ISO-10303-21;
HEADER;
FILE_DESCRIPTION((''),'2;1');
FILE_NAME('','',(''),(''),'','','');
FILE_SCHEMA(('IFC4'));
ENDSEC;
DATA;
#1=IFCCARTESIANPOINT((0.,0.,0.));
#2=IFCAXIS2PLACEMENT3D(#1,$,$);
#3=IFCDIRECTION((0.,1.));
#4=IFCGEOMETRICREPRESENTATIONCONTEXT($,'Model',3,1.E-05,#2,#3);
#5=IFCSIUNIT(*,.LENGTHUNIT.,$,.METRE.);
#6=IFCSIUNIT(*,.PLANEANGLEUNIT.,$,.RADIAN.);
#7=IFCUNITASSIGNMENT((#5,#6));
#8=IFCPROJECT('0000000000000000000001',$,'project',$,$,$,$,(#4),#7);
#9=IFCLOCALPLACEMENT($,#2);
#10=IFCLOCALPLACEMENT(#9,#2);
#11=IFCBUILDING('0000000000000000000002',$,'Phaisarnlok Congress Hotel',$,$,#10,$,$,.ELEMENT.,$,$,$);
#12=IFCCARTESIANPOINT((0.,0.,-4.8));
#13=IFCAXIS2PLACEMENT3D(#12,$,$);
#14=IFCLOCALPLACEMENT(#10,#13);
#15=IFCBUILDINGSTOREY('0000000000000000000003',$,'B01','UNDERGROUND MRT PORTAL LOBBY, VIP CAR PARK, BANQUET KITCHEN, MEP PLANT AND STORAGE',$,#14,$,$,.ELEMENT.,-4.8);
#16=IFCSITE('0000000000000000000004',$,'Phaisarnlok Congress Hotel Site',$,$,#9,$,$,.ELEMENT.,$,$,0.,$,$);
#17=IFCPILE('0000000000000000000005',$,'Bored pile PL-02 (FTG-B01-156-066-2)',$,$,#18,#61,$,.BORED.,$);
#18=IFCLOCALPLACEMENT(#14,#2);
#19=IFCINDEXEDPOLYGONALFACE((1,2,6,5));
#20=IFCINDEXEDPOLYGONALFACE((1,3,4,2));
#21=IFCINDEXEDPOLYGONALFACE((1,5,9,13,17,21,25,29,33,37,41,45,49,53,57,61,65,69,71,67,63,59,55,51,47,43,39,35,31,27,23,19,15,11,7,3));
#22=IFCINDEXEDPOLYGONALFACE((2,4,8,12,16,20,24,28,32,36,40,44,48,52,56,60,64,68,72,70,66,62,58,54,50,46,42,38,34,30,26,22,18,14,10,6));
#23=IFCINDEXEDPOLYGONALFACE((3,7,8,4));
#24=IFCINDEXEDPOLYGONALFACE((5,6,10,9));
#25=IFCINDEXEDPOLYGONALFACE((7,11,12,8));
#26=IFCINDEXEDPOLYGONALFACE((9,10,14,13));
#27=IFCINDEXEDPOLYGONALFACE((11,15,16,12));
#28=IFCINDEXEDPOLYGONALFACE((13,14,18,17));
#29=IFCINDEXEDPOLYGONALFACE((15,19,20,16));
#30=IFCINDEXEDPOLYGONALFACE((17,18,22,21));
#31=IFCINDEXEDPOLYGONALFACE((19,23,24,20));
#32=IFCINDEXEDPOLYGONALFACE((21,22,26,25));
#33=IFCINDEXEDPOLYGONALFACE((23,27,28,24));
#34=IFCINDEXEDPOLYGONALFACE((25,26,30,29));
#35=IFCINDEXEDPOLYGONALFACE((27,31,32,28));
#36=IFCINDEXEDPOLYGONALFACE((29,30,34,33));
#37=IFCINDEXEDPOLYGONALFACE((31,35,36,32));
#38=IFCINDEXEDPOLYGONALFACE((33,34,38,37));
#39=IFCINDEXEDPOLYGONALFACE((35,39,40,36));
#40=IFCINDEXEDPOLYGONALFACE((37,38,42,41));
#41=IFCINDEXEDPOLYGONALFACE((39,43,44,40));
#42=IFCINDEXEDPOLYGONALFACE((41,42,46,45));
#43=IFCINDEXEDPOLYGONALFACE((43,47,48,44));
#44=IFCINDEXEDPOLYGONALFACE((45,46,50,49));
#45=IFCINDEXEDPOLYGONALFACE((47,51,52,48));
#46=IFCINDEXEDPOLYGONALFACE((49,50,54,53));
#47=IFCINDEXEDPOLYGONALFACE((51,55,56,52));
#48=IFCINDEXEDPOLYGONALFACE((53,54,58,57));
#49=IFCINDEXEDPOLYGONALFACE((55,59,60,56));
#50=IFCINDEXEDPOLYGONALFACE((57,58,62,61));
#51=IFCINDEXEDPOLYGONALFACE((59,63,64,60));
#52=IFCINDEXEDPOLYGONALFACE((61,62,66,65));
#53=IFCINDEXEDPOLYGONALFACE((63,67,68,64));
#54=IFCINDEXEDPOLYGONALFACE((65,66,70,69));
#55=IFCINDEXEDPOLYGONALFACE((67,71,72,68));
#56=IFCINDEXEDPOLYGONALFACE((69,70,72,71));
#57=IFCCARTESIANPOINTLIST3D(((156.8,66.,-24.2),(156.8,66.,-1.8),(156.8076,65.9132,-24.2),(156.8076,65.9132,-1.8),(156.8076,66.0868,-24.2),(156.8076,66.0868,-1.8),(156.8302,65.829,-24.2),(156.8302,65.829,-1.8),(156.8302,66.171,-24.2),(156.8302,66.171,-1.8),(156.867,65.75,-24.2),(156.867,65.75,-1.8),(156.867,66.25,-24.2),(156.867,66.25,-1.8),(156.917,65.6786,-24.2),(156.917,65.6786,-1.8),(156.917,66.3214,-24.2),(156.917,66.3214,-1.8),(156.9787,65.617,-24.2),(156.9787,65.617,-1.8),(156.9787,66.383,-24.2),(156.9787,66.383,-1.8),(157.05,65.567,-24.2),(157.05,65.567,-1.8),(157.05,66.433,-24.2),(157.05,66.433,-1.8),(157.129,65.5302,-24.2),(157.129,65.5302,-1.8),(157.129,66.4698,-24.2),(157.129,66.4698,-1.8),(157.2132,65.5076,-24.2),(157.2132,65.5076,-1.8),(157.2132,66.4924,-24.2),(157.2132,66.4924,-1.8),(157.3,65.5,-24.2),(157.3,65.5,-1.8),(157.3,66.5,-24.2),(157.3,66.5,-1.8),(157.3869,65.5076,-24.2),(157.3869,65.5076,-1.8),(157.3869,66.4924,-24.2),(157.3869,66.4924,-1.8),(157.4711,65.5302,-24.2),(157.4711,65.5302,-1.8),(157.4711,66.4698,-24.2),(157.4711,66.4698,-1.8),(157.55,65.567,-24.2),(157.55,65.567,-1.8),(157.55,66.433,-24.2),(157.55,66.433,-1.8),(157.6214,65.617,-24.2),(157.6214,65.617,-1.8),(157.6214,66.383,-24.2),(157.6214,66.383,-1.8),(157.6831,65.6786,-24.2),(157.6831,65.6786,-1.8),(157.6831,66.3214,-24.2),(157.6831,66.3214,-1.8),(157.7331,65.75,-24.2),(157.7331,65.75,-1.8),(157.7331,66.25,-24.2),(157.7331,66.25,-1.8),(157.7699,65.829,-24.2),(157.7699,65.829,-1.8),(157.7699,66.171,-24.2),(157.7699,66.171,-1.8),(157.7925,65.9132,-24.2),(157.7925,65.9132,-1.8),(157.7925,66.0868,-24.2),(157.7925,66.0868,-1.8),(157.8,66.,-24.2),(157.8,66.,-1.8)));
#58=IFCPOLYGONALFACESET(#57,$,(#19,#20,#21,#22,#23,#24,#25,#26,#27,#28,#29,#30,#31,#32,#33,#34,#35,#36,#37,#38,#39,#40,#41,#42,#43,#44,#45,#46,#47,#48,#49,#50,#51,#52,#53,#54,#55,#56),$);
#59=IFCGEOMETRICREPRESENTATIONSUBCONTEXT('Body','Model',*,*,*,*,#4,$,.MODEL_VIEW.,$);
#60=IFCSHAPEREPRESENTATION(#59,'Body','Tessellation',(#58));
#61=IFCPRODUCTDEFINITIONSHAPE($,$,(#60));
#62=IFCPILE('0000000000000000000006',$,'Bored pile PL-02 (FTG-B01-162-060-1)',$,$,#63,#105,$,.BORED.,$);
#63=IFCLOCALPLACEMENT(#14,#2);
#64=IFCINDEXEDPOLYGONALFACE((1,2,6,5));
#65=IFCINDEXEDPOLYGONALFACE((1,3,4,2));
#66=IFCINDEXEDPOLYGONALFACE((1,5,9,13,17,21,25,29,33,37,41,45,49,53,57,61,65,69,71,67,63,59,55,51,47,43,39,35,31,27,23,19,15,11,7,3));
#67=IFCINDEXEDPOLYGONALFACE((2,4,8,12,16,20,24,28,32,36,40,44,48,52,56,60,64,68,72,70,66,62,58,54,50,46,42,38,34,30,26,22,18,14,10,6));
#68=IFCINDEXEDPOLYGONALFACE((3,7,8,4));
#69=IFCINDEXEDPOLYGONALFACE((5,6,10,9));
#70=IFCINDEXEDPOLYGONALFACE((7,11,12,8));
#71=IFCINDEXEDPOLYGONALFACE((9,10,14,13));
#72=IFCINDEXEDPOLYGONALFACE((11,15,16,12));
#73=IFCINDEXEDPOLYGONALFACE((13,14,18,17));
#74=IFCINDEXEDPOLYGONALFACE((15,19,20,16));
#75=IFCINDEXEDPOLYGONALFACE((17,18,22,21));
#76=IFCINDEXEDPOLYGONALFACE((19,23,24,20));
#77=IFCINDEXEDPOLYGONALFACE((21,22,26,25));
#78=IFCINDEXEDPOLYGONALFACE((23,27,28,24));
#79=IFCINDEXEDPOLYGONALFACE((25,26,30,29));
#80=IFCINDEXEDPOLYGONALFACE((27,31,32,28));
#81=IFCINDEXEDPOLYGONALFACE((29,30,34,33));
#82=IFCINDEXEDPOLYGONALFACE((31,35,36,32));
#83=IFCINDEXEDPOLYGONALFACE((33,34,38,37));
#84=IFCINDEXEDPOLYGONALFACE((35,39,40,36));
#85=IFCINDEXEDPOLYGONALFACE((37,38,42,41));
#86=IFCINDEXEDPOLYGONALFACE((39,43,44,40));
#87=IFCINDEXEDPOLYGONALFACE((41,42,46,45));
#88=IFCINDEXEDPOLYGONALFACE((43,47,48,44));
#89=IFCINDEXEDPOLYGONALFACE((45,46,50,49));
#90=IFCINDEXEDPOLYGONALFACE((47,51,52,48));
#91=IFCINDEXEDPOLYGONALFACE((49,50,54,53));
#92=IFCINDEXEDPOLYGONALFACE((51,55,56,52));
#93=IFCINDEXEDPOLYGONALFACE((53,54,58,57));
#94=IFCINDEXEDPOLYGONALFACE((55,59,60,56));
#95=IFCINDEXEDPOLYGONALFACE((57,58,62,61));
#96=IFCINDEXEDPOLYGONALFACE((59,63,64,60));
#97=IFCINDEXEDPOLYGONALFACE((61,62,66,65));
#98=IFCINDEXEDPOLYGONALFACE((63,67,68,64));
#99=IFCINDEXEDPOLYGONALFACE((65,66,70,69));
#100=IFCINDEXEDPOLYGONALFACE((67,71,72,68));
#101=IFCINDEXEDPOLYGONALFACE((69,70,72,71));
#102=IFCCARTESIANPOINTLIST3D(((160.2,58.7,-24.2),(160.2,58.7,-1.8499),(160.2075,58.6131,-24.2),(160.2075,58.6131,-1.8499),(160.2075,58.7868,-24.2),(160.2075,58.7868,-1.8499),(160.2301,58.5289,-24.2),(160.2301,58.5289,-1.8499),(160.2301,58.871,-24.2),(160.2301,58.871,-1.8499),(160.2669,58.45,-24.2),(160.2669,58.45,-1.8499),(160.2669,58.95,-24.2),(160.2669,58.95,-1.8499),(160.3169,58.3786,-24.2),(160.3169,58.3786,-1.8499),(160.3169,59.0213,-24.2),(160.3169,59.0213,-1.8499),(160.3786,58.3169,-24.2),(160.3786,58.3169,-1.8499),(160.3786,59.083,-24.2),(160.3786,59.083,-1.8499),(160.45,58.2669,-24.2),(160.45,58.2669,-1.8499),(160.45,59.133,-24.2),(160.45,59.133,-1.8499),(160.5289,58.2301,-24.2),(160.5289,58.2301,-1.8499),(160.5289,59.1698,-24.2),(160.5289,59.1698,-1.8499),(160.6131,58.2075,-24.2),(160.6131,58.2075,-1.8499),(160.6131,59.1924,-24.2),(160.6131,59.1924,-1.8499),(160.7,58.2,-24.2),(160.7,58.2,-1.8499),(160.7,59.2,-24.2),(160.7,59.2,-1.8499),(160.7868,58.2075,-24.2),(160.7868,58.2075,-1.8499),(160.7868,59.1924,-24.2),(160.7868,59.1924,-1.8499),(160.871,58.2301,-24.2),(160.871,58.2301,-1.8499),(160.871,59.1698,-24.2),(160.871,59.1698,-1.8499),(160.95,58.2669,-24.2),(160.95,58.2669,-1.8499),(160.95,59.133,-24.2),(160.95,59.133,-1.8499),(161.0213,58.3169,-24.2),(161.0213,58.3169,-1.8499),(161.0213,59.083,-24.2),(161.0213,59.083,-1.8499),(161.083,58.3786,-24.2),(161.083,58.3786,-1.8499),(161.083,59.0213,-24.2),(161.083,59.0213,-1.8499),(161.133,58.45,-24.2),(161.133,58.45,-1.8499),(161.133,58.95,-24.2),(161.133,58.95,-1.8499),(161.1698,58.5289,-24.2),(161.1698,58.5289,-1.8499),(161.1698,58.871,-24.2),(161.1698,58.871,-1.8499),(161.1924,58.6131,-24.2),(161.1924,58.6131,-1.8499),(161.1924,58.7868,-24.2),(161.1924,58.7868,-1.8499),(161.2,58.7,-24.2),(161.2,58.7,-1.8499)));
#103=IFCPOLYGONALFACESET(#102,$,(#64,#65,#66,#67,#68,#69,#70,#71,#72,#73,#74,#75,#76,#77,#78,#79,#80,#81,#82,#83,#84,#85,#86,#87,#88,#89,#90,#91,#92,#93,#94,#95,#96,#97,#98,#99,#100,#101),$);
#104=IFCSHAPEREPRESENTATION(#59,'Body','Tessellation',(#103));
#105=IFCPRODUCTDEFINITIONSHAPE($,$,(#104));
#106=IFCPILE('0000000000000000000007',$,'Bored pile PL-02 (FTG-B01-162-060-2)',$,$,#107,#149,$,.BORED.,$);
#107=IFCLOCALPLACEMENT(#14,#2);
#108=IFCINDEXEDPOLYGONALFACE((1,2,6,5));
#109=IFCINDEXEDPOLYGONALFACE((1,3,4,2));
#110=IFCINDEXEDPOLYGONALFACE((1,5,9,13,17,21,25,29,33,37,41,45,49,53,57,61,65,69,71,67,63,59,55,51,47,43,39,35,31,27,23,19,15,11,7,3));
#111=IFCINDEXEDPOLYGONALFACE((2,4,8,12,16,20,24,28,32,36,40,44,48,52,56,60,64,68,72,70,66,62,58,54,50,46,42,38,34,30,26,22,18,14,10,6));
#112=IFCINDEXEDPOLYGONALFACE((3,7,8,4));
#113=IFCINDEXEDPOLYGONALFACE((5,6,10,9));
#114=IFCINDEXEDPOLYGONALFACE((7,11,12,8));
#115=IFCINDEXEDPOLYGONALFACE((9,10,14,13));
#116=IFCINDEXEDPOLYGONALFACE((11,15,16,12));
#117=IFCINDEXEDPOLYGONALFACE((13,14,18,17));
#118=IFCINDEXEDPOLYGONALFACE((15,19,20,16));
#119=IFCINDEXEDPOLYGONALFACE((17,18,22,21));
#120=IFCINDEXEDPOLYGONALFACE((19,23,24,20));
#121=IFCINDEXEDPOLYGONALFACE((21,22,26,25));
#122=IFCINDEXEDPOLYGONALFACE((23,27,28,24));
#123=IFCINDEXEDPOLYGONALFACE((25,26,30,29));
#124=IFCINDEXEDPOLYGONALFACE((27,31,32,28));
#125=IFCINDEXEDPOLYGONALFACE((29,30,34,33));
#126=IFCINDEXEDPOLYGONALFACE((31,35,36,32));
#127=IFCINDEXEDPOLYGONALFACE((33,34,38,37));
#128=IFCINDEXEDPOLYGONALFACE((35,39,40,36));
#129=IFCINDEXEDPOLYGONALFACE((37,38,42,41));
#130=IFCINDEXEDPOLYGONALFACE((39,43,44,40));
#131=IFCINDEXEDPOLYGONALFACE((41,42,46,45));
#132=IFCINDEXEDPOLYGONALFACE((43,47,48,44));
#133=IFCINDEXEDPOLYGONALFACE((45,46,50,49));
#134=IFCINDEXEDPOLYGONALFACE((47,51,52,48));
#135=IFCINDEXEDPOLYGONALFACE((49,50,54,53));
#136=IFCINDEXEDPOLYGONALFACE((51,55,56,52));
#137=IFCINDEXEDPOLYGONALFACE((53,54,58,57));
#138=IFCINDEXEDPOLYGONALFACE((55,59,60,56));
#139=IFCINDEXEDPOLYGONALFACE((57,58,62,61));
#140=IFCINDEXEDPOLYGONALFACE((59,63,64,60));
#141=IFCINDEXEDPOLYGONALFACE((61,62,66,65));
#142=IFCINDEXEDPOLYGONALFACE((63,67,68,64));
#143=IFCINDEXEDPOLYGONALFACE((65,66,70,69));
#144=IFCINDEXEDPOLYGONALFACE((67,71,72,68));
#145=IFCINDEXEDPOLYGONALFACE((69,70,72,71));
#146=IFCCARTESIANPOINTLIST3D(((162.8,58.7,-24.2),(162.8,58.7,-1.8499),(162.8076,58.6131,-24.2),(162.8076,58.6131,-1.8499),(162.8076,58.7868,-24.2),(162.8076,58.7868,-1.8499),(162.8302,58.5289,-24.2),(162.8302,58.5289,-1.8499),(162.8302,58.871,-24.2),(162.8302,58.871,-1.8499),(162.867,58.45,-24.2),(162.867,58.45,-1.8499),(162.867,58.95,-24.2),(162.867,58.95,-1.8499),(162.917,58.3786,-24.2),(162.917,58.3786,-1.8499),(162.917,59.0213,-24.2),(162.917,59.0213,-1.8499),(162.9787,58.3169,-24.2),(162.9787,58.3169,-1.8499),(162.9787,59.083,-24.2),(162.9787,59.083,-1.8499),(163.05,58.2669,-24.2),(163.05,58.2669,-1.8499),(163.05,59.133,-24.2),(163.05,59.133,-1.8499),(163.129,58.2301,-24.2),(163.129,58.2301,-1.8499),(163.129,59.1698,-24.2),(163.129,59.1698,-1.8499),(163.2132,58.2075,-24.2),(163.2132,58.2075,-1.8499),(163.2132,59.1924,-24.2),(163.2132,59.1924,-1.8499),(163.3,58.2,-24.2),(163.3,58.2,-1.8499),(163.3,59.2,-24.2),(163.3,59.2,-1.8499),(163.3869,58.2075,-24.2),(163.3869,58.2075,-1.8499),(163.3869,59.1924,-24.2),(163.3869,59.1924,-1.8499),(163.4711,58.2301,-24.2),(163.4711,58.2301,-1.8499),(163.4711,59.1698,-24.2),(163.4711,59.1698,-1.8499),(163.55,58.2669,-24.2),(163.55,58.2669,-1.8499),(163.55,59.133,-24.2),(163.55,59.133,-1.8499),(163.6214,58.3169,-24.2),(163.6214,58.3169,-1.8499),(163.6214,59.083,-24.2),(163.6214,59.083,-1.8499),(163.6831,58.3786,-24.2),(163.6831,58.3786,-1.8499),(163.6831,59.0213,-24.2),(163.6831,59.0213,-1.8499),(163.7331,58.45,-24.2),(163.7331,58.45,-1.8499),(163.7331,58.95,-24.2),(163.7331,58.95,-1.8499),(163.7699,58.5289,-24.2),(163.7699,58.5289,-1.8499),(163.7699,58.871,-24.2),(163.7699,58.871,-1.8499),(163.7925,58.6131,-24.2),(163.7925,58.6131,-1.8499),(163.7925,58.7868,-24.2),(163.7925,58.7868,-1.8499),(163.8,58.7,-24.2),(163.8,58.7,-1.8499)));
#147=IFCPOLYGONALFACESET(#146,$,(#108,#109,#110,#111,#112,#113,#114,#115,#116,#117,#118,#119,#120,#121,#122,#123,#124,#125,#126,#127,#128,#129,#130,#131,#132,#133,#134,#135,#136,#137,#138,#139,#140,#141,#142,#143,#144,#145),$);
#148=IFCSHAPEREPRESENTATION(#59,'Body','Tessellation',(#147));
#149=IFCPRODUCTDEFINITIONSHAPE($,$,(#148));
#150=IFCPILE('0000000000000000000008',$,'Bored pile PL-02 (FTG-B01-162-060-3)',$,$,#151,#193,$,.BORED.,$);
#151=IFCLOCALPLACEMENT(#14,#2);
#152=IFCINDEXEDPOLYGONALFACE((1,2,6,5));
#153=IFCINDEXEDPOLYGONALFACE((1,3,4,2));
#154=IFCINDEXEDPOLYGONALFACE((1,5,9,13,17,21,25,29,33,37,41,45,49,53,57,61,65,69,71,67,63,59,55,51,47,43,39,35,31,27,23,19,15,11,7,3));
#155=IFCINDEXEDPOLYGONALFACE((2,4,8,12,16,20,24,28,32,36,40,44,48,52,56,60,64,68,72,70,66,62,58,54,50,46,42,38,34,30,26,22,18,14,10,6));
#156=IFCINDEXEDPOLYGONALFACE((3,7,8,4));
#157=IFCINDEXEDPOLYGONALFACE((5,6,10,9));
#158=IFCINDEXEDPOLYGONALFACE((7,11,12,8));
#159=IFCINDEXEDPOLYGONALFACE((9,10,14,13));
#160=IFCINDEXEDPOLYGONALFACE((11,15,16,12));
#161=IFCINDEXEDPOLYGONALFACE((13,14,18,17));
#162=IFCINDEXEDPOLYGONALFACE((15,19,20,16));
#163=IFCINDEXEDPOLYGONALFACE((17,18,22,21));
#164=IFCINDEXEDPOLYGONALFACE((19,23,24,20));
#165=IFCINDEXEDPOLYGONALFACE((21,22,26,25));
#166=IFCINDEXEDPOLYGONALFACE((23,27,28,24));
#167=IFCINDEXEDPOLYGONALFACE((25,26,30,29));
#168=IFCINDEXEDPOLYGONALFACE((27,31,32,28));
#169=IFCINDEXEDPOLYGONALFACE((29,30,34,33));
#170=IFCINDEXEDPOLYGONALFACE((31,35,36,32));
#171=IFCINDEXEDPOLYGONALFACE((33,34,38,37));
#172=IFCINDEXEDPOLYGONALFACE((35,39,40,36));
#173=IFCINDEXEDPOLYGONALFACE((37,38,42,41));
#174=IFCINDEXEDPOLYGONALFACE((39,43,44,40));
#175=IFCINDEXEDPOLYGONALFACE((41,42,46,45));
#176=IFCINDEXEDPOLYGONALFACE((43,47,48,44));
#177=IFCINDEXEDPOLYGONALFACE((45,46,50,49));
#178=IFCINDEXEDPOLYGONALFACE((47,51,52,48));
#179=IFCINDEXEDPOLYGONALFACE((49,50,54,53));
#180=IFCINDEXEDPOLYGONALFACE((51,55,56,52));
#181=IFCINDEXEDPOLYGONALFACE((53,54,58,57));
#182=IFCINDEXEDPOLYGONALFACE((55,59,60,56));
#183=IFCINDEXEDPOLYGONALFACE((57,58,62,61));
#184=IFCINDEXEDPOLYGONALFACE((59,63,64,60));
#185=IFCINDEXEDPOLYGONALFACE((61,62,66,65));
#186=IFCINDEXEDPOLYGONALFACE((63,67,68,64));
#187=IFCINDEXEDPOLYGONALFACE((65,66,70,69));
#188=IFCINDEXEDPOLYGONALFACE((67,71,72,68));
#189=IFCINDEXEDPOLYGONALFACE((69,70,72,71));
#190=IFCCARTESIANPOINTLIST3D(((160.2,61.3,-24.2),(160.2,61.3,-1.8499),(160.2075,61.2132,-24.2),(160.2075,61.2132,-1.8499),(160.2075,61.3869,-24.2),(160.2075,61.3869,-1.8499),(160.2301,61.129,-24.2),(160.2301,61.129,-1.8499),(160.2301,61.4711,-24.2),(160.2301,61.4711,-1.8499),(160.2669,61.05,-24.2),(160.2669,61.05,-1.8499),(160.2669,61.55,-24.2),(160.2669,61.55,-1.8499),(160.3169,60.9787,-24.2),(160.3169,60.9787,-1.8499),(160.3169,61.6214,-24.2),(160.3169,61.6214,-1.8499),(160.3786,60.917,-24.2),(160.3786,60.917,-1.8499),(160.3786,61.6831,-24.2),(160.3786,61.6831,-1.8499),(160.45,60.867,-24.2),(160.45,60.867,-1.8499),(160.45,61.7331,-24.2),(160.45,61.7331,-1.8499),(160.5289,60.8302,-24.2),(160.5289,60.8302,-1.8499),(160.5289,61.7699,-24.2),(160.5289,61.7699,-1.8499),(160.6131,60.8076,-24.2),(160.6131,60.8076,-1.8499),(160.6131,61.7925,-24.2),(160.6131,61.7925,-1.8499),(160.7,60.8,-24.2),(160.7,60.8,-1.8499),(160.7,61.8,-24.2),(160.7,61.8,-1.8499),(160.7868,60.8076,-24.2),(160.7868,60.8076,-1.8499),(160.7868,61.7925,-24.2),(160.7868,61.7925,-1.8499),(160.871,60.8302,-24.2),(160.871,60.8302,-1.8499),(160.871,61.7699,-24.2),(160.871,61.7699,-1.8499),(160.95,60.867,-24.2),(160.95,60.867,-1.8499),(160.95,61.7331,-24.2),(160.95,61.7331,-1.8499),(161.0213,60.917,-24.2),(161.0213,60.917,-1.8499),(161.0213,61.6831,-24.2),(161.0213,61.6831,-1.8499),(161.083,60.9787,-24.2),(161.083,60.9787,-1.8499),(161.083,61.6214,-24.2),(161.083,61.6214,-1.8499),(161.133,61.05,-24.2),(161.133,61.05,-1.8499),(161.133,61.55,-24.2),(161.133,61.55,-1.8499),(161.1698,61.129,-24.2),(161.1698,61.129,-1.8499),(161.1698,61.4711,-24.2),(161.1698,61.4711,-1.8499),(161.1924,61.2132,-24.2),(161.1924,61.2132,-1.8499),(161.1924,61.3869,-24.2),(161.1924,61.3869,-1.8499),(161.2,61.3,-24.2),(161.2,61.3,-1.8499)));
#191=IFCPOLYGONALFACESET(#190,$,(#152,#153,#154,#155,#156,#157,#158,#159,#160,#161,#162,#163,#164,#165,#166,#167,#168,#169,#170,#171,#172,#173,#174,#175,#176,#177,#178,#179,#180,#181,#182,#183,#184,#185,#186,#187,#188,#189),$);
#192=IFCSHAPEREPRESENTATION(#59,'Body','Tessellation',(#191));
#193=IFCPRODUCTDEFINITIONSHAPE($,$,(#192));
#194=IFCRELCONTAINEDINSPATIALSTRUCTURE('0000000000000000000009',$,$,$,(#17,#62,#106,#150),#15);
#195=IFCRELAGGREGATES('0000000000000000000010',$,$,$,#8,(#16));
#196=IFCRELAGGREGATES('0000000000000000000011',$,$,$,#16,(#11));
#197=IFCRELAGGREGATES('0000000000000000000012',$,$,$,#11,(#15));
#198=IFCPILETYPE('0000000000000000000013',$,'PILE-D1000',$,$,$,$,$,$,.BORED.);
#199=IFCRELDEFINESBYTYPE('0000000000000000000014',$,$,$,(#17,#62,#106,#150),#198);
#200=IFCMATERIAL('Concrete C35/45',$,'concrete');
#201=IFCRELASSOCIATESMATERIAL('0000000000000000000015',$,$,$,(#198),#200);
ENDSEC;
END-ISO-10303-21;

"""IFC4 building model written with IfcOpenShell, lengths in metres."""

from ifc_helpers import new_model, si_unit, direction, frame, origin, origin_2d, place, context, subcontext, project, spatial, circle, extrude, material, material_profile, profile_set, type_object, element, save


model = new_model("IFC4")

# Units and contexts
model_context = context("Model", 3, precision=1e-05, world=origin(), true_north=direction((0.0, 1.0)))
body_context = subcontext(model_context, "Body", "Model", "MODEL_VIEW")
ifc_project = project(units=[si_unit("LENGTHUNIT", "METRE"), si_unit("PLANEANGLEUNIT", "RADIAN")], contexts=[model_context])

# Site, building, storey
site_placement = place(None, origin())
site = spatial("IfcSite", under=ifc_project, at=site_placement, Name="Phaisarnlok Congress Hotel Site", CompositionType="ELEMENT", RefElevation=0.0)
building_placement = place(site_placement, origin())
building = spatial("IfcBuilding", under=site, at=building_placement, Name="Phaisarnlok Congress Hotel", CompositionType="ELEMENT")
storey_placement = place(building_placement, frame((0.0, 0.0, -4.8)))
storey = spatial("IfcBuildingStorey", under=building, at=storey_placement, Name="B01", Description="UNDERGROUND MRT PORTAL LOBBY, VIP CAR PARK, BANQUET KITCHEN, MEP PLANT AND STORAGE", CompositionType="ELEMENT", Elevation=-4.8)

# Piles
ifc_material_1 = material(Name="Concrete C35/45", Category="concrete")
ifc_material_profile_1 = material_profile(ifc_material_1, circle(Radius=0.5, at=origin_2d()), Name="BORED PILE D1000")
ifc_profile_set_1 = profile_set([ifc_material_profile_1], Name="Concrete C35/45")
pile_type_1 = type_object("IfcPileType", Name="PILE-D1000", PredefinedType="BORED", material=ifc_profile_set_1)
pile_1_placement = place(storey_placement, frame((157.3, 66.0, -1.8), z_axis=(0.0, 0.0, -1.0), x_axis=(1.0, 0.0, 0.0)))
element("IfcPile", 1, at=pile_1_placement, inside=storey, type_object=pile_type_1, Name="Bored pile PL-02 (FTG-B01-156-066-2)", PredefinedType="BORED", context=body_context, shape_type="SweptSolid", body=[
    extrude(circle(Radius=0.5, at=origin_2d()), origin(), (0.0, 0.0, 1.0), 22.3999),
])
for number, where, z_axis, x_axis, name in (
    (2, (160.7, 58.7, -1.8499), (0.0, 0.0, -1.0), (1.0, 0.0, 0.0), "Bored pile PL-02 (FTG-B01-162-060-1)"),
    (3, (163.3, 58.7, -1.8499), (0.0, 0.0, -1.0), (1.0, 0.0, 0.0), "Bored pile PL-02 (FTG-B01-162-060-2)"),
    (4, (160.7, 61.3, -1.8499), (0.0, 0.0, -1.0), (1.0, 0.0, 0.0), "Bored pile PL-02 (FTG-B01-162-060-3)"),
):
    element("IfcPile", number, at=place(storey_placement, frame(where, z_axis=z_axis, x_axis=x_axis)), inside=storey, type_object=pile_type_1, Name=name, PredefinedType="BORED", context=body_context, shape_type="SweptSolid", body=[
        extrude(circle(Radius=0.5, at=origin_2d()), origin(), (0.0, 0.0, 1.0), 22.3501),
    ])

save(model, "model.ifc")
